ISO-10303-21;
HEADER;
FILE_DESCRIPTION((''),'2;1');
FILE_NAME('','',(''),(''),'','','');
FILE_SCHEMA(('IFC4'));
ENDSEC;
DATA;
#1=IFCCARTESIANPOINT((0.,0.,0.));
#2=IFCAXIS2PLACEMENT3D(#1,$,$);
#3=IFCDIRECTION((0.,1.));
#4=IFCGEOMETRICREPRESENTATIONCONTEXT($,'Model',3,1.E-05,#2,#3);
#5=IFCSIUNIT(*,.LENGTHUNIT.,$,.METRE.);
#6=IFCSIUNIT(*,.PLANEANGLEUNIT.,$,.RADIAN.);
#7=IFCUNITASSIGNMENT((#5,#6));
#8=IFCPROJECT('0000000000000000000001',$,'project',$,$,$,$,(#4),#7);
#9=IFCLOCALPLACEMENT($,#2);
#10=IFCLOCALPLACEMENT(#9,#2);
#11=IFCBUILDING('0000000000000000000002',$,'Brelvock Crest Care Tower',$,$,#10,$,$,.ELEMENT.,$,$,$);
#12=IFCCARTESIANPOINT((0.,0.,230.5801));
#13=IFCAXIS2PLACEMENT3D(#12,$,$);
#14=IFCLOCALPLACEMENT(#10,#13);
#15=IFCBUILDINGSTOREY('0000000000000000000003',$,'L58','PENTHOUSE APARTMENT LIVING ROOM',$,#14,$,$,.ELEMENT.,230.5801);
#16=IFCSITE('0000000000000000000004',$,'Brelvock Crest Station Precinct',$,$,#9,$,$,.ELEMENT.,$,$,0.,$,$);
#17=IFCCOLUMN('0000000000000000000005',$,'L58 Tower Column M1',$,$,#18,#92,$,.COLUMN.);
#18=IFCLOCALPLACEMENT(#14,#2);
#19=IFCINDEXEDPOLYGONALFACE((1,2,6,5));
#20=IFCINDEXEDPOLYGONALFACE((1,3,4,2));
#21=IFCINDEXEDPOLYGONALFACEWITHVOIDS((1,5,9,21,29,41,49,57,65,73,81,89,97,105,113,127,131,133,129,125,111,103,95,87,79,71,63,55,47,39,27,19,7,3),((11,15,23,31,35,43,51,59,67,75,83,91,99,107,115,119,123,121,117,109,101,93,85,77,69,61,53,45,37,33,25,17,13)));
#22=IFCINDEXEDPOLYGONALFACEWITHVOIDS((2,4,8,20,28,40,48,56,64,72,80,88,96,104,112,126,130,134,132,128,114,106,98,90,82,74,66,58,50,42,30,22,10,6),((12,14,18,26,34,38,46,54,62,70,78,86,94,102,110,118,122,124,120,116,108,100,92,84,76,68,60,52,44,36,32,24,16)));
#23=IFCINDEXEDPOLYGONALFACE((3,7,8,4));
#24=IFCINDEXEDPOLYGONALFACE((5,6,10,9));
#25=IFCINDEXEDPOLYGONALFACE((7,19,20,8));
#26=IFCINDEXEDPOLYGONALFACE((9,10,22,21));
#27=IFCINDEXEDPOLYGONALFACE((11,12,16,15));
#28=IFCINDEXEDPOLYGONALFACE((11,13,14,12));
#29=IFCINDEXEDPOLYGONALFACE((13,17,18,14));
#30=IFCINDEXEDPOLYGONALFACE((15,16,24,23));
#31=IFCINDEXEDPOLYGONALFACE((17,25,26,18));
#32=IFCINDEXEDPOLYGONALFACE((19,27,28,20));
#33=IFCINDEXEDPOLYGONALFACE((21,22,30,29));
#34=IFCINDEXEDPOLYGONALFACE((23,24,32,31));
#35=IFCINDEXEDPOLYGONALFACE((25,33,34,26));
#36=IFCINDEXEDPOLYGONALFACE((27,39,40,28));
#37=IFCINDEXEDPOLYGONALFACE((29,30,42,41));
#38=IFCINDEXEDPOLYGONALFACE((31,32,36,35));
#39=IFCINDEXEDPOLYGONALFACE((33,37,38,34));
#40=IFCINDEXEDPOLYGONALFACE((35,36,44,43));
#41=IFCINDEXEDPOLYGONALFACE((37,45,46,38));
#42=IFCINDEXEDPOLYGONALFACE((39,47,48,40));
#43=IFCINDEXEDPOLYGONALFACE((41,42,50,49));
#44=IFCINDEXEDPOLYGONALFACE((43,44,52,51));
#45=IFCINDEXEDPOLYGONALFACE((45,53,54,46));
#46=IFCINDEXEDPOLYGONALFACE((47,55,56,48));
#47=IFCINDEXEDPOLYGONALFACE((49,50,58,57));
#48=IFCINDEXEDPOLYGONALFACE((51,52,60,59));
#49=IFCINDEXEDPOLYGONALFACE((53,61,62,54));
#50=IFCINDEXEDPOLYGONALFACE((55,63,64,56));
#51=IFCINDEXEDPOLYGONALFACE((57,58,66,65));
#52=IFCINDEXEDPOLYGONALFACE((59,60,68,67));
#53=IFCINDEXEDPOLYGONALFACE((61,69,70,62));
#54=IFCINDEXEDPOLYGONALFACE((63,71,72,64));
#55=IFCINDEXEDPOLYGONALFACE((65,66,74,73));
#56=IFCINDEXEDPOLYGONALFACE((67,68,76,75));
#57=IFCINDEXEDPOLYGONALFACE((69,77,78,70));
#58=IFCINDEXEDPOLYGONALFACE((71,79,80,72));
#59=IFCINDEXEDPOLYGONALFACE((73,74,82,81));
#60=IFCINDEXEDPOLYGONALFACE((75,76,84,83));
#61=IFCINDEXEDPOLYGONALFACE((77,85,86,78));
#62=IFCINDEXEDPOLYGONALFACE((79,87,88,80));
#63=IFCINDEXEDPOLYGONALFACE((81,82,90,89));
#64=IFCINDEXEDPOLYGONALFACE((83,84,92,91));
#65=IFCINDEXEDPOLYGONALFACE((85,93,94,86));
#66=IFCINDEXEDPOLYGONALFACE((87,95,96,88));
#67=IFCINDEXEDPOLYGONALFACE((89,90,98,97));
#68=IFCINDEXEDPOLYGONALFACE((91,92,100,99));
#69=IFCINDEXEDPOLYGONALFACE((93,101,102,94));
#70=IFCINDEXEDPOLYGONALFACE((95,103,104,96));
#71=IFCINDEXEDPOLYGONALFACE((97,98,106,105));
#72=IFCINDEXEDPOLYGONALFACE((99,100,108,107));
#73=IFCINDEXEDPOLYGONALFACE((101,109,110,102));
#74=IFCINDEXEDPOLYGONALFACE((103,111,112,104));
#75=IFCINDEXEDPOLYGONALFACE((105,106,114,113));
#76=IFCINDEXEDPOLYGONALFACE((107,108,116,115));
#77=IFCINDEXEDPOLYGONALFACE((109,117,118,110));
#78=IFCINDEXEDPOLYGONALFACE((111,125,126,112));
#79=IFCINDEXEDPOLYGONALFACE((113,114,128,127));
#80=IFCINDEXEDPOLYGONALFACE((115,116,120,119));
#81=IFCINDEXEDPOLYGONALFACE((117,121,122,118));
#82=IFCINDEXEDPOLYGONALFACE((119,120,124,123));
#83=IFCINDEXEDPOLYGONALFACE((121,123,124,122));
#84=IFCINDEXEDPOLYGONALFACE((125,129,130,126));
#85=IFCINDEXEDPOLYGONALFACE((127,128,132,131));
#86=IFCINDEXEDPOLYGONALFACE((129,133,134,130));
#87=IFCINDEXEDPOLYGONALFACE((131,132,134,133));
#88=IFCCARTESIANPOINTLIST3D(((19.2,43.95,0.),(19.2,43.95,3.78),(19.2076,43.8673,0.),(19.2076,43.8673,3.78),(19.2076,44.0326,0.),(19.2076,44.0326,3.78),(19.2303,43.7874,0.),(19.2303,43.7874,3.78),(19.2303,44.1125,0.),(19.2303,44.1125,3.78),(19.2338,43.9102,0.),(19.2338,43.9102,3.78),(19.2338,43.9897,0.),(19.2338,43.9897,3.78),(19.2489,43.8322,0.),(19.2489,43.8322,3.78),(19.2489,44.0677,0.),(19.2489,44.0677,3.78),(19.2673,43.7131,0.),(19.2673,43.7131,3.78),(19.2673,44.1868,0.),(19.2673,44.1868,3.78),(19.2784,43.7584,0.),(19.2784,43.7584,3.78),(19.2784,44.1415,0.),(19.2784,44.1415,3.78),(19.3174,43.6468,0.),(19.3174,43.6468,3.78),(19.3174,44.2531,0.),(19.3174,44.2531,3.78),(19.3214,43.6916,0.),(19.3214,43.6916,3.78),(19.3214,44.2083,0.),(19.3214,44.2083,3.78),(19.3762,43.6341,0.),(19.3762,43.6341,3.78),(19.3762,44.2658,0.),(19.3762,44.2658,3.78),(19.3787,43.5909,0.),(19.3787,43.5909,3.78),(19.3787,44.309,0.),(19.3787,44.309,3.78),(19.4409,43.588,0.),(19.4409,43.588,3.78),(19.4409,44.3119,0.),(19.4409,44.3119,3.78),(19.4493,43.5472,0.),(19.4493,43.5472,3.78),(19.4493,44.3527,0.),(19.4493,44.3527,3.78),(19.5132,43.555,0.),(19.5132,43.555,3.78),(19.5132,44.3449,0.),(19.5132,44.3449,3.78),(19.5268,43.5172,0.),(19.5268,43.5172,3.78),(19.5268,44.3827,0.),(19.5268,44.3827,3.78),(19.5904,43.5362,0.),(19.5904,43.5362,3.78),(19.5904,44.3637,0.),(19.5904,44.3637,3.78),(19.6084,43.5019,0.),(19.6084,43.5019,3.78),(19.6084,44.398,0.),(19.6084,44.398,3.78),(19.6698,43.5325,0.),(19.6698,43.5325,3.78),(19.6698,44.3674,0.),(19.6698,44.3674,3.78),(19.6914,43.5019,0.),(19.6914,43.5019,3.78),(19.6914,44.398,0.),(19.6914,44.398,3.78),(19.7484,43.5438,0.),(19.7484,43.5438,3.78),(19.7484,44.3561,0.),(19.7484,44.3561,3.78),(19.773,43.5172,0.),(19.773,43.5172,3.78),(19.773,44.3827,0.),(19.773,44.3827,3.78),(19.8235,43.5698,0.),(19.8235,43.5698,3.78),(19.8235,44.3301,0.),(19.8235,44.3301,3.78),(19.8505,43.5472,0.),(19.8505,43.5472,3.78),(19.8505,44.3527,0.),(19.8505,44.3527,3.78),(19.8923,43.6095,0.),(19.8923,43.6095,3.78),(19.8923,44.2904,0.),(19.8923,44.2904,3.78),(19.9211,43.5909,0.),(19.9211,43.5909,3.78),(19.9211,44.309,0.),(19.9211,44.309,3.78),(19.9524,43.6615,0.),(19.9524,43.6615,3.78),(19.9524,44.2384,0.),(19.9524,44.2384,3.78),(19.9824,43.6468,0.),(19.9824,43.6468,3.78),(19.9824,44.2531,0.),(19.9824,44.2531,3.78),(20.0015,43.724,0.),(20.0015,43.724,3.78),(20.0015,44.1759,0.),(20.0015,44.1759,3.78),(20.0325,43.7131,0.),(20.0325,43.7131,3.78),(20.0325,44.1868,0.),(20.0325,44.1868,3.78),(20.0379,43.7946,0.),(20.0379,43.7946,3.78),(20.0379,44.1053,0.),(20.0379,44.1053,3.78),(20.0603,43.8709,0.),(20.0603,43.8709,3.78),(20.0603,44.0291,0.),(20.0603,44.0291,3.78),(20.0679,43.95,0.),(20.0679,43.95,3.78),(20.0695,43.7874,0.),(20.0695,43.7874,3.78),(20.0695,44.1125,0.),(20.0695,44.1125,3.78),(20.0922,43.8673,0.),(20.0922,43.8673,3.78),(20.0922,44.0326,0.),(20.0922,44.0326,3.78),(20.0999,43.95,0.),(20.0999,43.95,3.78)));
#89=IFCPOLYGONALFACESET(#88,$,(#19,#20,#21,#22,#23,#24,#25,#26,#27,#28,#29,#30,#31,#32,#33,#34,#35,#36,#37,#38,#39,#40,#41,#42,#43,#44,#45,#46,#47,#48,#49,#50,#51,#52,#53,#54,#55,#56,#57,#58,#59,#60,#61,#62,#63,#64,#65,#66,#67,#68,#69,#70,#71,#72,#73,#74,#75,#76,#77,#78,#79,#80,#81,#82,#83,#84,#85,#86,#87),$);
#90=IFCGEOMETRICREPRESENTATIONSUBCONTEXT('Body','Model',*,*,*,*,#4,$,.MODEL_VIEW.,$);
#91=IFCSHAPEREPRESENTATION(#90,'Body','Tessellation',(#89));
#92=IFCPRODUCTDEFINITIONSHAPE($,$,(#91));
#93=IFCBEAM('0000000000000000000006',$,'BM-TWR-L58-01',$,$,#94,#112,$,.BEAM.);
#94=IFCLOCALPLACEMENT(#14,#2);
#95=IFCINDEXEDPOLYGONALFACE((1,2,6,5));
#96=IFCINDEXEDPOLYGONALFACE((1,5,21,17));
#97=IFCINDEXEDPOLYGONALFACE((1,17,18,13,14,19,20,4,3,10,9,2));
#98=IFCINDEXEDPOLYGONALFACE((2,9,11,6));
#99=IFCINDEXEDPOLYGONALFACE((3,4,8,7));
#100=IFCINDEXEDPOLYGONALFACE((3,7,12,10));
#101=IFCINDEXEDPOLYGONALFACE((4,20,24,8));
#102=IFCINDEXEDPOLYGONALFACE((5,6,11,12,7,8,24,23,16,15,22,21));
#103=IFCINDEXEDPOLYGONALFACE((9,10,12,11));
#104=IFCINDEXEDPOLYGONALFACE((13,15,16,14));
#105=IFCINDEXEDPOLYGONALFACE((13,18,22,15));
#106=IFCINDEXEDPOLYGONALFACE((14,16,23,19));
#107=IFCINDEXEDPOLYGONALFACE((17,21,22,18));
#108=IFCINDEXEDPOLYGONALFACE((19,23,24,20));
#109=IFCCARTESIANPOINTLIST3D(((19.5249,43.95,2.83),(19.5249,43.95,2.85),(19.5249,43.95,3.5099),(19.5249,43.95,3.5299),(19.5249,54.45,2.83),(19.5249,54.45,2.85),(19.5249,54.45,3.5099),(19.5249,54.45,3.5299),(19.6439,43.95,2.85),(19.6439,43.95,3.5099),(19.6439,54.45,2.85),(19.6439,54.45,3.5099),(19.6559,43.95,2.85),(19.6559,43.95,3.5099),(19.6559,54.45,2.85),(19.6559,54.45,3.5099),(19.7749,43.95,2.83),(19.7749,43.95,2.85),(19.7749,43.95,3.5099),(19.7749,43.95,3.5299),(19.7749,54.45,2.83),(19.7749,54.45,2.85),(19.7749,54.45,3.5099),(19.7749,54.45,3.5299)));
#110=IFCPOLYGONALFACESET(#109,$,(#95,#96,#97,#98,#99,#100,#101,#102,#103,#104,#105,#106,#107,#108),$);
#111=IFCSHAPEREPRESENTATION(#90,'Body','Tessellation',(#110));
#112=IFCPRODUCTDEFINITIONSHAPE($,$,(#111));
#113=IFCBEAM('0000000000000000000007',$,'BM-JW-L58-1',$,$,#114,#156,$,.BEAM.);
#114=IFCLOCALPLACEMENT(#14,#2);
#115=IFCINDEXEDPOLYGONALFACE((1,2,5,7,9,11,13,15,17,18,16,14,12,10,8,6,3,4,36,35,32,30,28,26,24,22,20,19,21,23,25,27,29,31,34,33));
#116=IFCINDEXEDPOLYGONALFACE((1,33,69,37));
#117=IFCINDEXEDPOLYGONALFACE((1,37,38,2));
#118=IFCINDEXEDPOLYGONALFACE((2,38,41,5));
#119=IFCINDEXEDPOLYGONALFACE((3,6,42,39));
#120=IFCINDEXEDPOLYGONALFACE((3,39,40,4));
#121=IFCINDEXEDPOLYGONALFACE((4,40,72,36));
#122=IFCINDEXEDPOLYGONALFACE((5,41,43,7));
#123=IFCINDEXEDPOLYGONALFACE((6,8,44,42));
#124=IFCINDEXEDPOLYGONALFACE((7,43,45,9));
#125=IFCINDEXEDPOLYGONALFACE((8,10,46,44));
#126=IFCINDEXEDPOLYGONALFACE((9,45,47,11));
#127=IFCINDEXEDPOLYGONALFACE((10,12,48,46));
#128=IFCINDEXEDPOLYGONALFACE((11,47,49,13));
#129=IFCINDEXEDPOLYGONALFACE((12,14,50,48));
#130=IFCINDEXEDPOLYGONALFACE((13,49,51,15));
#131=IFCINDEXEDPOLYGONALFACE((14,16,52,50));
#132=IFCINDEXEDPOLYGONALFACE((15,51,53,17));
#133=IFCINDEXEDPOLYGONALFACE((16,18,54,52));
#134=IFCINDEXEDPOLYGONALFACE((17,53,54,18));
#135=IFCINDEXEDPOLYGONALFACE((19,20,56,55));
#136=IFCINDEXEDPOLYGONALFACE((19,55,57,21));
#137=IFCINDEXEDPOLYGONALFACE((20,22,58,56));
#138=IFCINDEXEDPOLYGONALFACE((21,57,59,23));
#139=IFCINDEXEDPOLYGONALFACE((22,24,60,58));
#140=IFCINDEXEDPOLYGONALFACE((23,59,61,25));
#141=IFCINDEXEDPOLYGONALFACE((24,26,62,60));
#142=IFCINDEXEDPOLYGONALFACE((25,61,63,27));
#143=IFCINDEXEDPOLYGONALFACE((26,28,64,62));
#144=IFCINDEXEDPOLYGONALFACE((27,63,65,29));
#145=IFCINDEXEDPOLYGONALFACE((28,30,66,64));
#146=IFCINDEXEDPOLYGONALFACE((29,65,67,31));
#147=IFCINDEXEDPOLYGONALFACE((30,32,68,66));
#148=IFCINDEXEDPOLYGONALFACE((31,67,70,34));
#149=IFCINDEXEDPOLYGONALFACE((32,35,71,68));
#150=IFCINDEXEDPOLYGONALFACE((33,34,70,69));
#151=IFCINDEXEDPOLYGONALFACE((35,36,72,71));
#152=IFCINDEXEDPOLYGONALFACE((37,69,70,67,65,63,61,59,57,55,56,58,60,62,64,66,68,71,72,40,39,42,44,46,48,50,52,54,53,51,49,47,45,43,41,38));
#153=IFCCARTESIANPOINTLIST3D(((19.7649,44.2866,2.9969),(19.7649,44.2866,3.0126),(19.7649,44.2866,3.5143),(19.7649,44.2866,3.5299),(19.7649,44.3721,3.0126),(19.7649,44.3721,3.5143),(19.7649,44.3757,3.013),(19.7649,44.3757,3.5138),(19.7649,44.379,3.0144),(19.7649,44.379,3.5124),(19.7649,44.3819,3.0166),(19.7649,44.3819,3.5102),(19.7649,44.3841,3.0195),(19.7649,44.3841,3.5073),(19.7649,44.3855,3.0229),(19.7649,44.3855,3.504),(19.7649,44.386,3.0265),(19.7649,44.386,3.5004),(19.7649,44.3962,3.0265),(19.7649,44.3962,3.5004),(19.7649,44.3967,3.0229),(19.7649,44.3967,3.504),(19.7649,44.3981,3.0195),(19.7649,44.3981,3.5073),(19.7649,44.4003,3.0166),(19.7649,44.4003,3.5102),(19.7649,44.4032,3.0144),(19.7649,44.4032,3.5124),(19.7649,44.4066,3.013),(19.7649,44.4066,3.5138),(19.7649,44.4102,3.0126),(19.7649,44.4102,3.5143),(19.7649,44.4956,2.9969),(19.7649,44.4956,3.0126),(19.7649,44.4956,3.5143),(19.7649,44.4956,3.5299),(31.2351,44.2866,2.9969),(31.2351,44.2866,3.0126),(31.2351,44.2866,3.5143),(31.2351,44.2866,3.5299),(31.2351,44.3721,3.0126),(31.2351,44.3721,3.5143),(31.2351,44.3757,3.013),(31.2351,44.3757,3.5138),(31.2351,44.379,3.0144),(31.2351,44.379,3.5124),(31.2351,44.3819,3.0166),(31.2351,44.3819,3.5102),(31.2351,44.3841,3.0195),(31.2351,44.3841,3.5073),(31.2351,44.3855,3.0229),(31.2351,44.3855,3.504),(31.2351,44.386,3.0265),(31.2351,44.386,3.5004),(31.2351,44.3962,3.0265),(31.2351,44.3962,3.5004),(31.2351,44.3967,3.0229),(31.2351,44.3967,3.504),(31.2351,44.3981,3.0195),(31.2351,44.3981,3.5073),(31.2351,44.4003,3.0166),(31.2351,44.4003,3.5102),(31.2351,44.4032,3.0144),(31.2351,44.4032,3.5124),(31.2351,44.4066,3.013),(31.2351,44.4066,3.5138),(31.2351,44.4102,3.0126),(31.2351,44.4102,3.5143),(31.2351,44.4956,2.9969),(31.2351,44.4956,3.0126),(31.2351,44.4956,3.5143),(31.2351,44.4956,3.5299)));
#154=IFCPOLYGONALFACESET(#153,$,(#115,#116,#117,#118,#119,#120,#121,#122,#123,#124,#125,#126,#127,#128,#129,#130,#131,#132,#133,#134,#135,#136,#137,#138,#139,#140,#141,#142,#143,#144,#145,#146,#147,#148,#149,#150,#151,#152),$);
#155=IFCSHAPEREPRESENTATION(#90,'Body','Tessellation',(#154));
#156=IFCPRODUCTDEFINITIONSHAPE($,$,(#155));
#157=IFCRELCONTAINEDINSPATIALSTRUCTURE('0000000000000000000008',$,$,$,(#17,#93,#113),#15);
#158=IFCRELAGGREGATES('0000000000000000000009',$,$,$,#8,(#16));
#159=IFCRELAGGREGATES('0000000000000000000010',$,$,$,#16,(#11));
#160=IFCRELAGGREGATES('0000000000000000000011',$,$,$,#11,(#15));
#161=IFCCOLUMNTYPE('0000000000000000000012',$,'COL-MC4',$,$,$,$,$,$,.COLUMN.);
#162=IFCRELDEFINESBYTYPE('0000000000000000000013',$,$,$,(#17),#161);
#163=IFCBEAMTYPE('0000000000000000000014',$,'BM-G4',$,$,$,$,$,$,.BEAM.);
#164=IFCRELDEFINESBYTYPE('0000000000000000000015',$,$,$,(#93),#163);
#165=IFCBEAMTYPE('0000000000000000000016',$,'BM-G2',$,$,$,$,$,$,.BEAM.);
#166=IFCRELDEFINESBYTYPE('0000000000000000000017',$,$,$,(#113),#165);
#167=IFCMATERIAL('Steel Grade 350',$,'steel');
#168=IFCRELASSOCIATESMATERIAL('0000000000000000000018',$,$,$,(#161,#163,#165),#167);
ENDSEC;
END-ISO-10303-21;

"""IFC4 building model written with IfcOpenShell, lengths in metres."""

from ifc_helpers import new_model, si_unit, direction, frame, origin, origin_2d, place, context, subcontext, project, spatial, hollow_circle, i_section, extrude, source, transform, mapped, material, material_profile, profile_set, type_object, element, save


model = new_model("IFC4")

# Units and contexts
model_context = context("Model", 3, precision=1e-05, world=origin(), true_north=direction((0.0, 1.0)))
body_context = subcontext(model_context, "Body", "Model", "MODEL_VIEW")
ifc_project = project(units=[si_unit("LENGTHUNIT", "METRE"), si_unit("PLANEANGLEUNIT", "RADIAN")], contexts=[model_context])

# Site, building, storey
site_placement = place(None, origin())
site = spatial("IfcSite", under=ifc_project, at=site_placement, Name="Brelvock Crest Station Precinct", CompositionType="ELEMENT", RefElevation=0.0)
building_placement = place(site_placement, origin())
building = spatial("IfcBuilding", under=site, at=building_placement, Name="Brelvock Crest Care Tower", CompositionType="ELEMENT")
storey_placement = place(building_placement, frame((0.0, 0.0, 230.5801)))
storey = spatial("IfcBuildingStorey", under=building, at=storey_placement, Name="L58", Description="PENTHOUSE APARTMENT LIVING ROOM", CompositionType="ELEMENT", Elevation=230.5801)

# Column
ifc_material_1 = material(Name="Steel Grade 350", Category="steel")
ifc_material_profile_1 = material_profile(ifc_material_1, hollow_circle(Radius=0.45, WallThickness=0.032, at=origin_2d()), Name="CFT900x32")
ifc_profile_set_1 = profile_set([ifc_material_profile_1], Name="Steel Grade 350")
column_type = type_object("IfcColumnType", Name="COL-MC4", PredefinedType="COLUMN", material=ifc_profile_set_1)
shared_shape_1 = source(origin(), body_context, "Body", "SweptSolid", [
    extrude(hollow_circle(Radius=0.45, WallThickness=0.032, at=origin_2d()), origin(), (0.0, 0.0, 1.0), 3.78),
])
column_placement = place(storey_placement, frame((19.6499, 43.95, 0.0), z_axis=(0.0, 0.0, 1.0), x_axis=(1.0, 0.0, 0.0)))
element("IfcColumn", 1, at=column_placement, inside=storey, type_object=column_type, Name="L58 Tower Column M1", PredefinedType="COLUMN", context=body_context, shape_type="MappedRepresentation", body=[
    mapped(shared_shape_1, transform((0.0, 0.0, 0.0), x_axis=(1.0, 0.0, 0.0), y_axis=(0.0, 1.0, 0.0), z_axis=(0.0, 0.0, 1.0), scale=1.0)),
])

# Beams
ifc_material_profile_2 = material_profile(ifc_material_1, i_section(OverallWidth=0.25, OverallDepth=0.7, WebThickness=0.012, FlangeThickness=0.02, at=origin_2d()), Name="700WB150")
ifc_profile_set_2 = profile_set([ifc_material_profile_2], Name="Steel Grade 350")
beam_type_1 = type_object("IfcBeamType", Name="BM-G4", PredefinedType="BEAM", material=ifc_profile_set_2)
shared_shape_2 = source(origin(), body_context, "Body", "SweptSolid", [
    extrude(i_section(OverallWidth=0.25, OverallDepth=0.7, WebThickness=0.012, FlangeThickness=0.02, at=origin_2d()), origin(), (0.0, 0.0, 1.0), 10.5),
])
beam_1_placement = place(storey_placement, frame((19.6499, 43.95, 3.1799), z_axis=(0.0, 1.0, 0.0), x_axis=(-1.0, 0.0, 0.0)))
element("IfcBeam", 2, at=beam_1_placement, inside=storey, type_object=beam_type_1, Name="BM-TWR-L58-01", PredefinedType="BEAM", context=body_context, shape_type="MappedRepresentation", body=[
    mapped(shared_shape_2, transform((0.0, 0.0, 0.0), x_axis=(1.0, 0.0, 0.0), y_axis=(0.0, 1.0, 0.0), z_axis=(0.0, 0.0, 1.0), scale=1.0)),
])
ifc_material_profile_3 = material_profile(ifc_material_1, i_section(OverallWidth=0.209, OverallDepth=0.533, WebThickness=0.0103, FlangeThickness=0.0156, FilletRadius=0.0139, at=origin_2d()), Name="530UB92.4")
ifc_profile_set_3 = profile_set([ifc_material_profile_3], Name="Steel Grade 350")
beam_type_2 = type_object("IfcBeamType", Name="BM-G2", PredefinedType="BEAM", material=ifc_profile_set_3)
shared_shape_3 = source(origin(), body_context, "Body", "SweptSolid", [
    extrude(i_section(OverallWidth=0.209, OverallDepth=0.533, WebThickness=0.0103, FlangeThickness=0.0156, FilletRadius=0.0139, at=origin_2d()), origin(), (0.0, 0.0, 1.0), 11.4702),
])
beam_2_placement = place(storey_placement, frame((19.7649, 44.3911, 3.2634), z_axis=(1.0, 0.0, 0.0), x_axis=(0.0, 1.0, 0.0)))
element("IfcBeam", 3, at=beam_2_placement, inside=storey, type_object=beam_type_2, Name="BM-JW-L58-1", PredefinedType="BEAM", context=body_context, shape_type="MappedRepresentation", body=[
    mapped(shared_shape_3, transform((0.0, 0.0, 0.0), x_axis=(1.0, 0.0, 0.0), y_axis=(0.0, 1.0, 0.0), z_axis=(0.0, 0.0, 1.0), scale=1.0)),
])

save(model, "model.ifc")
